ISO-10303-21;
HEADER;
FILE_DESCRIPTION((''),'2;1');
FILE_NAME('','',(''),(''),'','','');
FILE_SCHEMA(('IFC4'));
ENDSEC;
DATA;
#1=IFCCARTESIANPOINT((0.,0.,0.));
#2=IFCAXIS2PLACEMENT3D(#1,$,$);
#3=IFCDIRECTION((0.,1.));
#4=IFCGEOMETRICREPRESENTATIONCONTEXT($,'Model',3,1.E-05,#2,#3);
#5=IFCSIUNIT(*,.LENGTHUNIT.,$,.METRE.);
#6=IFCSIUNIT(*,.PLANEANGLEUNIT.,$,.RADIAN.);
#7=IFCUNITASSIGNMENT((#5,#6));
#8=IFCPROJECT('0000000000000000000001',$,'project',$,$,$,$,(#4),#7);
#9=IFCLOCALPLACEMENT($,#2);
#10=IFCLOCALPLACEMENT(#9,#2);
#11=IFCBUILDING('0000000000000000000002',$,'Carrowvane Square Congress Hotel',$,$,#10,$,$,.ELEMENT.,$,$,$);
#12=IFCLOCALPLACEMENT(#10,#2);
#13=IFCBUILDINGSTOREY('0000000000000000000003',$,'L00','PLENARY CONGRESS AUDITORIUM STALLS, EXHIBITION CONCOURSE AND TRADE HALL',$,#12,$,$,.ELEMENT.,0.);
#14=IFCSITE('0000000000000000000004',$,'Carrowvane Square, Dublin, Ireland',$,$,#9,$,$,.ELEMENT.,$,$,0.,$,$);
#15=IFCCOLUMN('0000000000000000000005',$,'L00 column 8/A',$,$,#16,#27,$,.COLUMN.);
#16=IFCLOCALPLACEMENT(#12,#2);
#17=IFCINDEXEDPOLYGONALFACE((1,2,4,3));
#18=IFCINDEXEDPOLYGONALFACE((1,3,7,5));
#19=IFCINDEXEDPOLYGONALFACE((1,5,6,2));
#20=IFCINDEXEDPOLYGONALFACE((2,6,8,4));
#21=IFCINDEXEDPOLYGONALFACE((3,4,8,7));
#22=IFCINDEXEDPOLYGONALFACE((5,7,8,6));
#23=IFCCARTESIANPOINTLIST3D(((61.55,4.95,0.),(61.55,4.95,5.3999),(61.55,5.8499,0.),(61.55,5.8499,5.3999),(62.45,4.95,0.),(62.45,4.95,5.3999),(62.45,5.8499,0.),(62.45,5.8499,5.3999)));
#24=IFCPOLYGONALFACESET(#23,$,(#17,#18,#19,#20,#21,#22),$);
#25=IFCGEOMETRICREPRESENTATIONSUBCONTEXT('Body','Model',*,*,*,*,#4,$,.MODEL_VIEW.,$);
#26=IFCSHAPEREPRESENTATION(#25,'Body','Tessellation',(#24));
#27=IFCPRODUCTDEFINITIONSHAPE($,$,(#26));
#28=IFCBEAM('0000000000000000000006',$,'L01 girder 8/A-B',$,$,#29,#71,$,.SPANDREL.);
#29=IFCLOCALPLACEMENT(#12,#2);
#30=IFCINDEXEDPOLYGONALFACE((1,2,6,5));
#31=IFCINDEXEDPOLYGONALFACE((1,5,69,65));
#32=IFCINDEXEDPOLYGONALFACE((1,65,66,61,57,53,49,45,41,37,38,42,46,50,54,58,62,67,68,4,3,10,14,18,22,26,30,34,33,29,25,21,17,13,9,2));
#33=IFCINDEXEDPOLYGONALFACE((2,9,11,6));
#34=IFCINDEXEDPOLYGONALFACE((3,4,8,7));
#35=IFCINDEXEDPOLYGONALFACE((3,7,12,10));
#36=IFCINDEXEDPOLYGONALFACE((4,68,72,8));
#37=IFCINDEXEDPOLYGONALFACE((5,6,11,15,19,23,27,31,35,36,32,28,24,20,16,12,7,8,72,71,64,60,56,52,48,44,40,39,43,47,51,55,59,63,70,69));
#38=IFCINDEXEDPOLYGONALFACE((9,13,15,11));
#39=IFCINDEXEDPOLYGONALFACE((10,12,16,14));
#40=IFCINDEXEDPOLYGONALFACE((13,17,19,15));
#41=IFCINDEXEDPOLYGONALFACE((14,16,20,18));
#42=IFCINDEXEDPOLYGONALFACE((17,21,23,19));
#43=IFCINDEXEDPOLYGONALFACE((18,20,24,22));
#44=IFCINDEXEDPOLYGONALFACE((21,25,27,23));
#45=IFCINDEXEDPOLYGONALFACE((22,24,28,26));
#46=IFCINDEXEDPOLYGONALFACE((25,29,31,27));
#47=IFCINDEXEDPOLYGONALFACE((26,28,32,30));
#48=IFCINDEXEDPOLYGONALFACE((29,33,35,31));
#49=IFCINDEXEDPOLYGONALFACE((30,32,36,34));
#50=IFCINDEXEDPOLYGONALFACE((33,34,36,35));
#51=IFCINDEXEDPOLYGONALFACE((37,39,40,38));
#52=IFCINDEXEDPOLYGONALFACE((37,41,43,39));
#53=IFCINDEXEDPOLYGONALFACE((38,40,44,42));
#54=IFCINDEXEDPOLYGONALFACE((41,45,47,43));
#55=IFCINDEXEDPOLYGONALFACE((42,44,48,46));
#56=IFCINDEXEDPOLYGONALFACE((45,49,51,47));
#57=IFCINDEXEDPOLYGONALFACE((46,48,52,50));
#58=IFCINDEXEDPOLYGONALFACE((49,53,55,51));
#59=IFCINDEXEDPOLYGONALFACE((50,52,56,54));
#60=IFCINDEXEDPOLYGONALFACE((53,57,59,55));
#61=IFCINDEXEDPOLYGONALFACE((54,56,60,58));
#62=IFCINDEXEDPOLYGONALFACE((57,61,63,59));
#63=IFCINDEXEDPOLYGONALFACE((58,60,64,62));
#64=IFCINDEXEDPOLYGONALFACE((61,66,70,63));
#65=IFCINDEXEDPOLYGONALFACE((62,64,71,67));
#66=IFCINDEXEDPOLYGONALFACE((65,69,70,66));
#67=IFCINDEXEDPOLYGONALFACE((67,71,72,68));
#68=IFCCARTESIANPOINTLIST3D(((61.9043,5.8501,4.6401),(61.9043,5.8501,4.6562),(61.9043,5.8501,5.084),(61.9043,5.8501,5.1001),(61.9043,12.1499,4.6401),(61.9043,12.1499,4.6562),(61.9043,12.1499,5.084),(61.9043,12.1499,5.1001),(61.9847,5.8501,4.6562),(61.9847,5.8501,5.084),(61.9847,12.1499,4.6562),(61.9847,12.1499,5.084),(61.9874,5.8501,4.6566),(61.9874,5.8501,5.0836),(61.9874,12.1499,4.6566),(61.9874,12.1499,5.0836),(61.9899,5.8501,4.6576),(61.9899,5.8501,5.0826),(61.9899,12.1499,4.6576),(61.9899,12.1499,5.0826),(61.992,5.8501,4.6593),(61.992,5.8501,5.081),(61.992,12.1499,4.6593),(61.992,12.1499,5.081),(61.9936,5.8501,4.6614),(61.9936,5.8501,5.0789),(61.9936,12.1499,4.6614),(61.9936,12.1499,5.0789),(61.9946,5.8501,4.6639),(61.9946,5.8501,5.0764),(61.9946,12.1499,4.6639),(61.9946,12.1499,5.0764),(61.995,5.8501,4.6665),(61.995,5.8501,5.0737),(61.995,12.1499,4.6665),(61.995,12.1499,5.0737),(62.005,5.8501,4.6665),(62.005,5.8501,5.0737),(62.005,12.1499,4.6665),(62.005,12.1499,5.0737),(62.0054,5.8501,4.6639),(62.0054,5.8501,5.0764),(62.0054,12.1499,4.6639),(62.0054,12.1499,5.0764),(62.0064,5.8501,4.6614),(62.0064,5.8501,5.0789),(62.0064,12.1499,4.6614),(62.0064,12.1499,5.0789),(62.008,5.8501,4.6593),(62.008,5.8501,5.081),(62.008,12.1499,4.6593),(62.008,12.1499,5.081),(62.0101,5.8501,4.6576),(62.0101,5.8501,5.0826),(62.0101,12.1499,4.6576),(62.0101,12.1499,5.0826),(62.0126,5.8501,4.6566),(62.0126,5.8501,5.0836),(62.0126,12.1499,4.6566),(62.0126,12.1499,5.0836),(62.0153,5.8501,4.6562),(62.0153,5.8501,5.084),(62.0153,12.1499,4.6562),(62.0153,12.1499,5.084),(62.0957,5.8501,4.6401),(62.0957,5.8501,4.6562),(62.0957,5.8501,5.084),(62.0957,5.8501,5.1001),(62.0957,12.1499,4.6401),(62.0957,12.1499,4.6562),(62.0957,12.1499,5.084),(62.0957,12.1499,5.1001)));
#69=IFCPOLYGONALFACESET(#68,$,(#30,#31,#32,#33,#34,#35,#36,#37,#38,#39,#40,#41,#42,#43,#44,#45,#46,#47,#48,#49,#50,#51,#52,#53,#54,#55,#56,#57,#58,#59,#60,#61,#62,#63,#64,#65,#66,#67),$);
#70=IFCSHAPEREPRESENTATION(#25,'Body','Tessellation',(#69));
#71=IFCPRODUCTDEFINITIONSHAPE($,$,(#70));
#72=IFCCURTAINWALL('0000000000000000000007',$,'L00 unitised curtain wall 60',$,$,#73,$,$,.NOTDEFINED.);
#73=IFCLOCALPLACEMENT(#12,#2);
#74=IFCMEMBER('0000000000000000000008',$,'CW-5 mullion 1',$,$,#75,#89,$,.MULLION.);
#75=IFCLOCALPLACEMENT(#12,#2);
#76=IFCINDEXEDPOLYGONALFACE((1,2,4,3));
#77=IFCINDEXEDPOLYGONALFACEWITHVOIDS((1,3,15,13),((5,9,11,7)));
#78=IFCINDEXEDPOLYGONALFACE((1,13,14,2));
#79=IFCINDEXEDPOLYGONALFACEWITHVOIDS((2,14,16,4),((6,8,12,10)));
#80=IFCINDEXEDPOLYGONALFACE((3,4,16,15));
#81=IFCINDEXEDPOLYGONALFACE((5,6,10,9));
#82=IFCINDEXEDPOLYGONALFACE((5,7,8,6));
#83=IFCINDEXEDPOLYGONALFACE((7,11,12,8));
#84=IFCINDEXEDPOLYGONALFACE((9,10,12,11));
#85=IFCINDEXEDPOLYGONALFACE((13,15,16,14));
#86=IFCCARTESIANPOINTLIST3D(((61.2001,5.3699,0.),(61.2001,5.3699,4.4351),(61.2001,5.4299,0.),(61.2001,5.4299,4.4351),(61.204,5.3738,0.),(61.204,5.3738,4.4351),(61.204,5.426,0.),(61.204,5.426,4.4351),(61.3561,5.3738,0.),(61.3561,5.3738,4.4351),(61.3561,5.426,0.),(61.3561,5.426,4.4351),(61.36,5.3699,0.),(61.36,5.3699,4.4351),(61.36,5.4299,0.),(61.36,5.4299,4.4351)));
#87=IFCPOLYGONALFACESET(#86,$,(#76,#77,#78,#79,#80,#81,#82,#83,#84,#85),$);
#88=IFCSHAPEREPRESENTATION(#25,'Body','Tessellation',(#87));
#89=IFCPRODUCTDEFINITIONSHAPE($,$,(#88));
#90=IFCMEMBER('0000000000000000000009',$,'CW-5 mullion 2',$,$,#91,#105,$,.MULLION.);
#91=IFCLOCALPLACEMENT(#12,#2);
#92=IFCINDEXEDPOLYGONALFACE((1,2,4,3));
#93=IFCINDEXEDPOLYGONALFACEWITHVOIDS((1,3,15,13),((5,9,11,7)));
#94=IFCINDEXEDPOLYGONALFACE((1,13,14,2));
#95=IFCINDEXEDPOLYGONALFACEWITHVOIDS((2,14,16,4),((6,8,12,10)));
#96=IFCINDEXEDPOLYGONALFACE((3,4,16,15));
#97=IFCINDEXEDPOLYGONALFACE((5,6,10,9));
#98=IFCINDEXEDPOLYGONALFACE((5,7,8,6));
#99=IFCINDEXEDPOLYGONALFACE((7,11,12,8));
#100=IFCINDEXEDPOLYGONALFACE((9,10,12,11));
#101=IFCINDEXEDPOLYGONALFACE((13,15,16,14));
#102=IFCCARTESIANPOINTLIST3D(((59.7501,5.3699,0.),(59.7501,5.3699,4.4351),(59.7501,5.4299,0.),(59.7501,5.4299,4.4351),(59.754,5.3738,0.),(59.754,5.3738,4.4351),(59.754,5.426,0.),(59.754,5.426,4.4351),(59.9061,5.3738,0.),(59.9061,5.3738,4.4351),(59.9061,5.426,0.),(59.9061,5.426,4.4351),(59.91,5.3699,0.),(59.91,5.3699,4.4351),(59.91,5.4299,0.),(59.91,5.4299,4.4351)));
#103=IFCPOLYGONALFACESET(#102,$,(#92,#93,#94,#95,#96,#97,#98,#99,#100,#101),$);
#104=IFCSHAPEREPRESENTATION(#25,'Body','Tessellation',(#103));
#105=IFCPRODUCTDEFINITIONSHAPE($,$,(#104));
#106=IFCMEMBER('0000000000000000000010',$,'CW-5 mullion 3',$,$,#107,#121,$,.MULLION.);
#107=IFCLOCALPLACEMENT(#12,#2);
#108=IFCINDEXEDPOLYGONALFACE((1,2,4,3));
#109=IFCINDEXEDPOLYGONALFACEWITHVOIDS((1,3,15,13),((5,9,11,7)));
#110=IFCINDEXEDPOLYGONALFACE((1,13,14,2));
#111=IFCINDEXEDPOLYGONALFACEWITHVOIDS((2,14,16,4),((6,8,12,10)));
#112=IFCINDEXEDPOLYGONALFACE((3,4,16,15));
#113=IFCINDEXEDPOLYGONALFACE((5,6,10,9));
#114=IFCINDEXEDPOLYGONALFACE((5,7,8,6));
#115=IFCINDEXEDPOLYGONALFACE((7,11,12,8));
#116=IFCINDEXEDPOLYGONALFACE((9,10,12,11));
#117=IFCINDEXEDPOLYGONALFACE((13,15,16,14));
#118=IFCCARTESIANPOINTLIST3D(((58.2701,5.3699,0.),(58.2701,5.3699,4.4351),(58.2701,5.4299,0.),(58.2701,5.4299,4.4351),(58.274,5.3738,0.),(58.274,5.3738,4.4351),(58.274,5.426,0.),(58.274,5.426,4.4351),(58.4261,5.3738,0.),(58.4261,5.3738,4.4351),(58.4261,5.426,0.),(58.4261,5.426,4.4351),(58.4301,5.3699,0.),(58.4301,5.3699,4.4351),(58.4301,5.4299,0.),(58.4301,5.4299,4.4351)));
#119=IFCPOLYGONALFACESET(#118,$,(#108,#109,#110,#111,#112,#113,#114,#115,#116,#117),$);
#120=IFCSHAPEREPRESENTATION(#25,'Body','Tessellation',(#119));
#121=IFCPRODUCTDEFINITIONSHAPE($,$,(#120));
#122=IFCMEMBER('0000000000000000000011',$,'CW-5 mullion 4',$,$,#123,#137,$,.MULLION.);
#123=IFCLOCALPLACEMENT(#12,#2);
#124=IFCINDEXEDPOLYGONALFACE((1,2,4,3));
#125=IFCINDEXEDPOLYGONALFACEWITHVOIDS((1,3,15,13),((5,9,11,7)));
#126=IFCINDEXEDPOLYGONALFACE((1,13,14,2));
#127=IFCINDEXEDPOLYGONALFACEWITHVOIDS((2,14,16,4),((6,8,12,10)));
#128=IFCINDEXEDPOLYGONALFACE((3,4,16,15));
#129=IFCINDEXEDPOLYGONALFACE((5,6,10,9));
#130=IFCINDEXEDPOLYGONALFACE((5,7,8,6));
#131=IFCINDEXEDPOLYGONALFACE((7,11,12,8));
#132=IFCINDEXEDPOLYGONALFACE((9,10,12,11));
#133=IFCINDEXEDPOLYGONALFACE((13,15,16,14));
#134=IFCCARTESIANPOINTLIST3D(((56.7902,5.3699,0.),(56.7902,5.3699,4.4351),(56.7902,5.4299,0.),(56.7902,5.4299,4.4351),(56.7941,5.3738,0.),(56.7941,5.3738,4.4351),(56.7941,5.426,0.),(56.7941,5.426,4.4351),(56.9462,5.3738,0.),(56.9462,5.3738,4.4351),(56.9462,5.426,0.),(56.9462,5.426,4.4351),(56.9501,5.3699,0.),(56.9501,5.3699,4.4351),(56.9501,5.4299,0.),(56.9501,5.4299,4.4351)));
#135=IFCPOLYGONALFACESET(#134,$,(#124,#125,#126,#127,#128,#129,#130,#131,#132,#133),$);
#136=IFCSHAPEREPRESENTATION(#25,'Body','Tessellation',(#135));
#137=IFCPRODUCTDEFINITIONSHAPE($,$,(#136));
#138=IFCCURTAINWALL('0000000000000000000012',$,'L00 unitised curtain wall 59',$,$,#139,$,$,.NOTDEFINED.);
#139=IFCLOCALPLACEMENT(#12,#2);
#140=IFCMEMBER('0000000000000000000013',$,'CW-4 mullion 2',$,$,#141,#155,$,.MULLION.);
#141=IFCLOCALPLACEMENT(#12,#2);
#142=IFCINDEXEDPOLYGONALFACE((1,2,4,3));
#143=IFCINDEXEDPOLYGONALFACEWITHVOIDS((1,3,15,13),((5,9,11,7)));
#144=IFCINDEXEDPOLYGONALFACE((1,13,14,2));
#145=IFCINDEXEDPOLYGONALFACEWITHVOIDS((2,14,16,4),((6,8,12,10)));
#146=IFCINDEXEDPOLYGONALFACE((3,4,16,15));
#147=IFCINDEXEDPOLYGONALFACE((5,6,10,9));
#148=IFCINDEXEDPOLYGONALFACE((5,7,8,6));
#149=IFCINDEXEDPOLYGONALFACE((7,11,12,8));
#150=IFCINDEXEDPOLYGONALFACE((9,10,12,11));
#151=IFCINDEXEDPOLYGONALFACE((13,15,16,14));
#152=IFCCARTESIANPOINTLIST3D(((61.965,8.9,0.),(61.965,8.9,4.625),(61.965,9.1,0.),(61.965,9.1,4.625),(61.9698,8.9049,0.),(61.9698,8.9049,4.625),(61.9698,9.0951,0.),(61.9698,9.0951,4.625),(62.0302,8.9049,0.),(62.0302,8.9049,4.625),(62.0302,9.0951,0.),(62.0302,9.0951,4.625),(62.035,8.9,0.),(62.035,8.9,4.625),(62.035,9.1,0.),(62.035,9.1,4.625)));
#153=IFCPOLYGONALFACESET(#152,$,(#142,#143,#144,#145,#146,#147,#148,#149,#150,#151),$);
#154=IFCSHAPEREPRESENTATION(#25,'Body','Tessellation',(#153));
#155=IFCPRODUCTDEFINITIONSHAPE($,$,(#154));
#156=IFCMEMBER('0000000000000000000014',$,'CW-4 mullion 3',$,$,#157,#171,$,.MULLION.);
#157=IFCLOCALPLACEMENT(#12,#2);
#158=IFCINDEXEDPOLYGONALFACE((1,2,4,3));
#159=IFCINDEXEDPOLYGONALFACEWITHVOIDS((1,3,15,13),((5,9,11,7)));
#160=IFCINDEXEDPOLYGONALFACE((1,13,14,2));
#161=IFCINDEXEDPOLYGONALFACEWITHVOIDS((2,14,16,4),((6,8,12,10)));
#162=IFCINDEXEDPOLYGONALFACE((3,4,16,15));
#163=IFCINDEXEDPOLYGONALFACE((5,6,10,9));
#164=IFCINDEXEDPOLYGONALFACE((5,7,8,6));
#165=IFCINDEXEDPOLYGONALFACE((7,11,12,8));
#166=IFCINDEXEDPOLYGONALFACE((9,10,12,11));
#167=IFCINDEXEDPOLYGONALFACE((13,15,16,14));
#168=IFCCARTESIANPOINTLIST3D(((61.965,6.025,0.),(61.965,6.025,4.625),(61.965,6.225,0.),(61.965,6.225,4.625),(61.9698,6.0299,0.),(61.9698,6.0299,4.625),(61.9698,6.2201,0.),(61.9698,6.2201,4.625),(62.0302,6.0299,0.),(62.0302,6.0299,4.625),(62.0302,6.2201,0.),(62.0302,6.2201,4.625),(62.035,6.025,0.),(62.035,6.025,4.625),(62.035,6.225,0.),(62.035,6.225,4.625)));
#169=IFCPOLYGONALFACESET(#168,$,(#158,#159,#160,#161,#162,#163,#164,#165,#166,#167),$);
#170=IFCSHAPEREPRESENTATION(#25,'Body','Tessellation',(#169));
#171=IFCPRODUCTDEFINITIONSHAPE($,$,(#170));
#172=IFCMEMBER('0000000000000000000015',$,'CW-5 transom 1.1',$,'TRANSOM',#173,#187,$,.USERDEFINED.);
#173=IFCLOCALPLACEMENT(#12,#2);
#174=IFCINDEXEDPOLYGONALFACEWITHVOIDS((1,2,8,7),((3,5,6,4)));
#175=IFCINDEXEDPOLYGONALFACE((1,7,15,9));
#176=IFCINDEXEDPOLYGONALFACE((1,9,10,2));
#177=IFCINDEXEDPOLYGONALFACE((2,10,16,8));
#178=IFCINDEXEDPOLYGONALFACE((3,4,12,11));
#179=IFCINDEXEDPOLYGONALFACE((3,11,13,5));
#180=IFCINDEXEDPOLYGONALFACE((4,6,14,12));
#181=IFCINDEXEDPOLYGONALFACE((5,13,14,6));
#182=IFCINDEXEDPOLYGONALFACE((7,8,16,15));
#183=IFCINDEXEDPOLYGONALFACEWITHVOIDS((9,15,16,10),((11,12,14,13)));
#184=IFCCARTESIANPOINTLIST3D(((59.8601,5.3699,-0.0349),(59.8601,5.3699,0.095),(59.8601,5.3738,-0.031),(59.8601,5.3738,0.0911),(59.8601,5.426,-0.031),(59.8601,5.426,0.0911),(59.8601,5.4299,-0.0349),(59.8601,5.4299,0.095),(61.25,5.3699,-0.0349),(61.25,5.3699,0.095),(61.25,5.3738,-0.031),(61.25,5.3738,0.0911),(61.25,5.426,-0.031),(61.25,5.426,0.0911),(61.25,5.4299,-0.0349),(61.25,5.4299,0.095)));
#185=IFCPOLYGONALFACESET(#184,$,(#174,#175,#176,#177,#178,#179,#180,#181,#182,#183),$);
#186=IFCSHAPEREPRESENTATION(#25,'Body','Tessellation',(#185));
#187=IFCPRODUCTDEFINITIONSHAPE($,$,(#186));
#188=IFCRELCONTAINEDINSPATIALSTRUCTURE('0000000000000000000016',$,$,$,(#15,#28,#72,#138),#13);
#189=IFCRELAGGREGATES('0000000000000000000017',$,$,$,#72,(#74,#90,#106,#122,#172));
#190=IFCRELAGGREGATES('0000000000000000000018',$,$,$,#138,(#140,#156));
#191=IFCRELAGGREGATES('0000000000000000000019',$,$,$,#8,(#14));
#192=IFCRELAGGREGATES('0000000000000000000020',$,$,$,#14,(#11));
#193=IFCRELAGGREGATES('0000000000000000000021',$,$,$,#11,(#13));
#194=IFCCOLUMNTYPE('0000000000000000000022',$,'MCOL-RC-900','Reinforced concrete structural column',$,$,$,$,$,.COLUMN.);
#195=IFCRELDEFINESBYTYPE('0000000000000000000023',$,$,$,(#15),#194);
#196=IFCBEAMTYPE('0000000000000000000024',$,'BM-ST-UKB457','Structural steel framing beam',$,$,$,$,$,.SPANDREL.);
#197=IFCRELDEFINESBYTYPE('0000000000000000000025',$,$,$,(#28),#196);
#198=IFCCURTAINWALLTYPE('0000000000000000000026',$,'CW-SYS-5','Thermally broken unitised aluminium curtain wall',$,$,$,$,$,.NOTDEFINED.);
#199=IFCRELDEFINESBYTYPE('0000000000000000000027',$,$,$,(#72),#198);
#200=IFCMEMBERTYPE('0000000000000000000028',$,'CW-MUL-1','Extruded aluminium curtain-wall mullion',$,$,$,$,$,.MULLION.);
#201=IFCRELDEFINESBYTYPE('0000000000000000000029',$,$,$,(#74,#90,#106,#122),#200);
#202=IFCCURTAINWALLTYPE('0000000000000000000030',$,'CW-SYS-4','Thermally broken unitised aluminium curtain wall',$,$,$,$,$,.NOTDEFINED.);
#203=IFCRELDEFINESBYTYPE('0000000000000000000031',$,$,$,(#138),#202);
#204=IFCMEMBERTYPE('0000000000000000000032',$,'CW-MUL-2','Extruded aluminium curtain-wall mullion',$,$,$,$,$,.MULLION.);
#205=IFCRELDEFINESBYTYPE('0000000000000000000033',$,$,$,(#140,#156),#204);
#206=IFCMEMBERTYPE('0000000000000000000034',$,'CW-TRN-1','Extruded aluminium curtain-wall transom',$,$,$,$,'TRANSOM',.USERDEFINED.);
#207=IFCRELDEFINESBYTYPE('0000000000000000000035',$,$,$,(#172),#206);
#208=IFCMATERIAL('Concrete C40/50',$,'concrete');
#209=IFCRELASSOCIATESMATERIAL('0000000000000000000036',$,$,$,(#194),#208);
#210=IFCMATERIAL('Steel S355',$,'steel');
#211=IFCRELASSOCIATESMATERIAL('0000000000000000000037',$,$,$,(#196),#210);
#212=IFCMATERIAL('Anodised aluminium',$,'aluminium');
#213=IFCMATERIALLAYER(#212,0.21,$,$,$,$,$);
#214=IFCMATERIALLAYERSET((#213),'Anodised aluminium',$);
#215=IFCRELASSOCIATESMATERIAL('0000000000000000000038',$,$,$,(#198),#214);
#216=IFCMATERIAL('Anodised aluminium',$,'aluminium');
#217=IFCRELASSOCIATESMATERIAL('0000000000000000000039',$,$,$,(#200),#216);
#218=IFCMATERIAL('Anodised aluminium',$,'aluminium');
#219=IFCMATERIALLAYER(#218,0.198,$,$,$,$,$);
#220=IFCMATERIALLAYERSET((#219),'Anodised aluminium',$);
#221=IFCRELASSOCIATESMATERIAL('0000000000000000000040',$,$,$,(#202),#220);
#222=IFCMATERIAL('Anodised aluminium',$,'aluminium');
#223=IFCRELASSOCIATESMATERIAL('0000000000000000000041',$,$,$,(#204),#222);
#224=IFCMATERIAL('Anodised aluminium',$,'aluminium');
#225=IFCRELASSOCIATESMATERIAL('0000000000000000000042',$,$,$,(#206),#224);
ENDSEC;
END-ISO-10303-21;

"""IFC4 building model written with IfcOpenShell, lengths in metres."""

from ifc_helpers import new_model, si_unit, direction, frame, origin, origin_2d, place, context, subcontext, project, spatial, rectangle, hollow_rectangle, i_section, extrude, material, layer, layer_set, material_profile, profile_set, type_object, element, aggregate, save


model = new_model("IFC4")

# Units and contexts
model_context = context("Model", 3, precision=1e-05, world=origin(), true_north=direction((0.0, 1.0)))
body_context = subcontext(model_context, "Body", "Model", "MODEL_VIEW")
ifc_project = project(units=[si_unit("LENGTHUNIT", "METRE"), si_unit("PLANEANGLEUNIT", "RADIAN")], contexts=[model_context])

# Site, building, storey
site_placement = place(None, origin())
site = spatial("IfcSite", under=ifc_project, at=site_placement, Name="Carrowvane Square, Dublin, Ireland", CompositionType="ELEMENT", RefElevation=0.0)
building_placement = place(site_placement, origin())
building = spatial("IfcBuilding", under=site, at=building_placement, Name="Carrowvane Square Congress Hotel", CompositionType="ELEMENT")
storey_placement = place(building_placement, origin())
storey = spatial("IfcBuildingStorey", under=building, at=storey_placement, Name="L00", Description="PLENARY CONGRESS AUDITORIUM STALLS, EXHIBITION CONCOURSE AND TRADE HALL", CompositionType="ELEMENT", Elevation=0.0)

# Column
ifc_material_1 = material(Name="Concrete C40/50", Category="concrete")
ifc_material_profile_1 = material_profile(ifc_material_1, rectangle(XDim=0.8999, YDim=0.8999, at=origin_2d()), Name="RC 900x900")
ifc_profile_set_1 = profile_set([ifc_material_profile_1], Name="Concrete C40/50")
column_type = type_object("IfcColumnType", Name="MCOL-RC-900", Description="Reinforced concrete structural column", PredefinedType="COLUMN", material=ifc_profile_set_1)
column_placement = place(storey_placement, frame((62.0, 5.3999, 0.0), z_axis=(0.0, 0.0, 1.0), x_axis=(1.0, 0.0, 0.0)))
element("IfcColumn", 1, at=column_placement, inside=storey, type_object=column_type, Name="L00 column 8/A", PredefinedType="COLUMN", context=body_context, shape_type="SweptSolid", body=[
    extrude(rectangle(XDim=0.8999, YDim=0.8999, at=origin_2d()), origin(), (0.0, 0.0, 1.0), 5.3999),
])

# Beam
ifc_material_2 = material(Name="Steel S355", Category="steel")
ifc_material_profile_2 = material_profile(ifc_material_2, i_section(OverallWidth=0.1914, OverallDepth=0.46, WebThickness=0.01, FlangeThickness=0.0161, FilletRadius=0.0103, at=origin_2d()), Name="UKB 457x191x82")
ifc_profile_set_2 = profile_set([ifc_material_profile_2], Name="Steel S355")
beam_type = type_object("IfcBeamType", Name="BM-ST-UKB457", Description="Structural steel framing beam", PredefinedType="SPANDREL", material=ifc_profile_set_2)
beam_placement = place(storey_placement, frame((62.0, 5.8501, 4.8701), z_axis=(0.0, 1.0, 0.0), x_axis=(-1.0, 0.0, 0.0)))
element("IfcBeam", 2, at=beam_placement, inside=storey, type_object=beam_type, Name="L01 girder 8/A-B", PredefinedType="SPANDREL", context=body_context, shape_type="SweptSolid", body=[
    extrude(i_section(OverallWidth=0.1914, OverallDepth=0.46, WebThickness=0.01, FlangeThickness=0.0161, FilletRadius=0.0103, at=origin_2d()), origin(), (0.0, 0.0, 1.0), 6.2998),
])

# Curtain walls, members
ifc_material_3 = material(Name="Anodised aluminium", Category="aluminium")
ifc_layer_1 = layer(ifc_material_3, 0.21)
ifc_layer_set_1 = layer_set([ifc_layer_1], Name="Anodised aluminium")
curtain_wall_type_1 = type_object("IfcCurtainWallType", Name="CW-SYS-5", Description="Thermally broken unitised aluminium curtain wall", PredefinedType="NOTDEFINED", material=ifc_layer_set_1)
curtain_wall_1_placement = place(storey_placement, origin())
curtain_wall_1 = element("IfcCurtainWall", 3, at=curtain_wall_1_placement, inside=storey, type_object=curtain_wall_type_1, Name="L00 unitised curtain wall 60", PredefinedType="NOTDEFINED")
ifc_material_4 = material(Name="Anodised aluminium", Category="aluminium")
ifc_material_profile_3 = material_profile(ifc_material_4, hollow_rectangle(XDim=0.0601, YDim=0.1599, WallThickness=0.0039, at=origin_2d()), Name="CW-ML 60x160x4")
ifc_profile_set_3 = profile_set([ifc_material_profile_3], Name="Anodised aluminium")
member_type_1 = type_object("IfcMemberType", Name="CW-MUL-1", Description="Extruded aluminium curtain-wall mullion", PredefinedType="MULLION", material=ifc_profile_set_3)
member_1_placement = place(storey_placement, frame((61.28, 5.3999, 0.0), z_axis=(0.0, 0.0, 1.0), x_axis=(0.0, -1.0, 0.0)))
member_1 = element("IfcMember", 4, at=member_1_placement, type_object=member_type_1, Name="CW-5 mullion 1", PredefinedType="MULLION", context=body_context, shape_type="SweptSolid", body=[
    extrude(hollow_rectangle(XDim=0.0601, YDim=0.1599, WallThickness=0.0039, at=origin_2d()), origin(), (0.0, 0.0, 1.0), 4.4351),
])
member_2_placement = place(storey_placement, frame((59.8301, 5.3999, 0.0), z_axis=(0.0, 0.0, 1.0), x_axis=(0.0, -1.0, 0.0)))
member_2 = element("IfcMember", 5, at=member_2_placement, type_object=member_type_1, Name="CW-5 mullion 2", PredefinedType="MULLION", context=body_context, shape_type="SweptSolid", body=[
    extrude(hollow_rectangle(XDim=0.0601, YDim=0.1599, WallThickness=0.0039, at=origin_2d()), origin(), (0.0, 0.0, 1.0), 4.4351),
])
member_3_placement = place(storey_placement, frame((58.3501, 5.3999, 0.0), z_axis=(0.0, 0.0, 1.0), x_axis=(0.0, -1.0, 0.0)))
member_3 = element("IfcMember", 6, at=member_3_placement, type_object=member_type_1, Name="CW-5 mullion 3", PredefinedType="MULLION", context=body_context, shape_type="SweptSolid", body=[
    extrude(hollow_rectangle(XDim=0.0601, YDim=0.1599, WallThickness=0.0039, at=origin_2d()), origin(), (0.0, 0.0, 1.0), 4.4351),
])
member_4_placement = place(storey_placement, frame((56.8701, 5.3999, 0.0), z_axis=(0.0, 0.0, 1.0), x_axis=(0.0, -1.0, 0.0)))
member_4 = element("IfcMember", 7, at=member_4_placement, type_object=member_type_1, Name="CW-5 mullion 4", PredefinedType="MULLION", context=body_context, shape_type="SweptSolid", body=[
    extrude(hollow_rectangle(XDim=0.0601, YDim=0.1599, WallThickness=0.0039, at=origin_2d()), origin(), (0.0, 0.0, 1.0), 4.4351),
])
ifc_material_5 = material(Name="Anodised aluminium", Category="aluminium")
ifc_layer_2 = layer(ifc_material_5, 0.198)
ifc_layer_set_2 = layer_set([ifc_layer_2], Name="Anodised aluminium")
curtain_wall_type_2 = type_object("IfcCurtainWallType", Name="CW-SYS-4", Description="Thermally broken unitised aluminium curtain wall", PredefinedType="NOTDEFINED", material=ifc_layer_set_2)
curtain_wall_2_placement = place(storey_placement, origin())
curtain_wall_2 = element("IfcCurtainWall", 8, at=curtain_wall_2_placement, inside=storey, type_object=curtain_wall_type_2, Name="L00 unitised curtain wall 59", PredefinedType="NOTDEFINED")
ifc_material_6 = material(Name="Anodised aluminium", Category="aluminium")
ifc_material_profile_4 = material_profile(ifc_material_6, hollow_rectangle(XDim=0.0701, YDim=0.2, WallThickness=0.0049, at=origin_2d()), Name="CW-ML 70x200x5")
ifc_profile_set_4 = profile_set([ifc_material_profile_4], Name="Anodised aluminium")
member_type_2 = type_object("IfcMemberType", Name="CW-MUL-2", Description="Extruded aluminium curtain-wall mullion", PredefinedType="MULLION", material=ifc_profile_set_4)
member_5_placement = place(storey_placement, frame((62.0, 9.0, 0.0), z_axis=(0.0, 0.0, 1.0), x_axis=(1.0, 0.0, 0.0)))
member_5 = element("IfcMember", 9, at=member_5_placement, type_object=member_type_2, Name="CW-4 mullion 2", PredefinedType="MULLION", context=body_context, shape_type="SweptSolid", body=[
    extrude(hollow_rectangle(XDim=0.0701, YDim=0.2, WallThickness=0.0049, at=origin_2d()), origin(), (0.0, 0.0, 1.0), 4.625),
])
member_6_placement = place(storey_placement, frame((62.0, 6.125, 0.0), z_axis=(0.0, 0.0, 1.0), x_axis=(1.0, 0.0, 0.0)))
member_6 = element("IfcMember", 10, at=member_6_placement, type_object=member_type_2, Name="CW-4 mullion 3", PredefinedType="MULLION", context=body_context, shape_type="SweptSolid", body=[
    extrude(hollow_rectangle(XDim=0.0701, YDim=0.2, WallThickness=0.0049, at=origin_2d()), origin(), (0.0, 0.0, 1.0), 4.625),
])

# Member
ifc_material_7 = material(Name="Anodised aluminium", Category="aluminium")
ifc_material_profile_5 = material_profile(ifc_material_7, hollow_rectangle(XDim=0.0601, YDim=0.1299, WallThickness=0.0039, at=origin_2d()), Name="CW-TR 60x130x4")
ifc_profile_set_5 = profile_set([ifc_material_profile_5], Name="Anodised aluminium")
member_type_3 = type_object("IfcMemberType", Name="CW-TRN-1", Description="Extruded aluminium curtain-wall transom", ElementType="TRANSOM", PredefinedType="USERDEFINED", material=ifc_profile_set_5)
member_7_placement = place(storey_placement, frame((61.25, 5.3999, 0.03), z_axis=(-1.0, 0.0, 0.0), x_axis=(0.0, -1.0, 0.0)))
member_7 = element("IfcMember", 11, at=member_7_placement, type_object=member_type_3, Name="CW-5 transom 1.1", ObjectType="TRANSOM", PredefinedType="USERDEFINED", context=body_context, shape_type="SweptSolid", body=[
    extrude(hollow_rectangle(XDim=0.0601, YDim=0.1299, WallThickness=0.0039, at=origin_2d()), origin(), (0.0, 0.0, 1.0), 1.3899),
])

aggregate(curtain_wall_1, [member_1, member_2, member_3, member_4, member_7])
aggregate(curtain_wall_2, [member_5, member_6])

save(model, "model.ifc")
